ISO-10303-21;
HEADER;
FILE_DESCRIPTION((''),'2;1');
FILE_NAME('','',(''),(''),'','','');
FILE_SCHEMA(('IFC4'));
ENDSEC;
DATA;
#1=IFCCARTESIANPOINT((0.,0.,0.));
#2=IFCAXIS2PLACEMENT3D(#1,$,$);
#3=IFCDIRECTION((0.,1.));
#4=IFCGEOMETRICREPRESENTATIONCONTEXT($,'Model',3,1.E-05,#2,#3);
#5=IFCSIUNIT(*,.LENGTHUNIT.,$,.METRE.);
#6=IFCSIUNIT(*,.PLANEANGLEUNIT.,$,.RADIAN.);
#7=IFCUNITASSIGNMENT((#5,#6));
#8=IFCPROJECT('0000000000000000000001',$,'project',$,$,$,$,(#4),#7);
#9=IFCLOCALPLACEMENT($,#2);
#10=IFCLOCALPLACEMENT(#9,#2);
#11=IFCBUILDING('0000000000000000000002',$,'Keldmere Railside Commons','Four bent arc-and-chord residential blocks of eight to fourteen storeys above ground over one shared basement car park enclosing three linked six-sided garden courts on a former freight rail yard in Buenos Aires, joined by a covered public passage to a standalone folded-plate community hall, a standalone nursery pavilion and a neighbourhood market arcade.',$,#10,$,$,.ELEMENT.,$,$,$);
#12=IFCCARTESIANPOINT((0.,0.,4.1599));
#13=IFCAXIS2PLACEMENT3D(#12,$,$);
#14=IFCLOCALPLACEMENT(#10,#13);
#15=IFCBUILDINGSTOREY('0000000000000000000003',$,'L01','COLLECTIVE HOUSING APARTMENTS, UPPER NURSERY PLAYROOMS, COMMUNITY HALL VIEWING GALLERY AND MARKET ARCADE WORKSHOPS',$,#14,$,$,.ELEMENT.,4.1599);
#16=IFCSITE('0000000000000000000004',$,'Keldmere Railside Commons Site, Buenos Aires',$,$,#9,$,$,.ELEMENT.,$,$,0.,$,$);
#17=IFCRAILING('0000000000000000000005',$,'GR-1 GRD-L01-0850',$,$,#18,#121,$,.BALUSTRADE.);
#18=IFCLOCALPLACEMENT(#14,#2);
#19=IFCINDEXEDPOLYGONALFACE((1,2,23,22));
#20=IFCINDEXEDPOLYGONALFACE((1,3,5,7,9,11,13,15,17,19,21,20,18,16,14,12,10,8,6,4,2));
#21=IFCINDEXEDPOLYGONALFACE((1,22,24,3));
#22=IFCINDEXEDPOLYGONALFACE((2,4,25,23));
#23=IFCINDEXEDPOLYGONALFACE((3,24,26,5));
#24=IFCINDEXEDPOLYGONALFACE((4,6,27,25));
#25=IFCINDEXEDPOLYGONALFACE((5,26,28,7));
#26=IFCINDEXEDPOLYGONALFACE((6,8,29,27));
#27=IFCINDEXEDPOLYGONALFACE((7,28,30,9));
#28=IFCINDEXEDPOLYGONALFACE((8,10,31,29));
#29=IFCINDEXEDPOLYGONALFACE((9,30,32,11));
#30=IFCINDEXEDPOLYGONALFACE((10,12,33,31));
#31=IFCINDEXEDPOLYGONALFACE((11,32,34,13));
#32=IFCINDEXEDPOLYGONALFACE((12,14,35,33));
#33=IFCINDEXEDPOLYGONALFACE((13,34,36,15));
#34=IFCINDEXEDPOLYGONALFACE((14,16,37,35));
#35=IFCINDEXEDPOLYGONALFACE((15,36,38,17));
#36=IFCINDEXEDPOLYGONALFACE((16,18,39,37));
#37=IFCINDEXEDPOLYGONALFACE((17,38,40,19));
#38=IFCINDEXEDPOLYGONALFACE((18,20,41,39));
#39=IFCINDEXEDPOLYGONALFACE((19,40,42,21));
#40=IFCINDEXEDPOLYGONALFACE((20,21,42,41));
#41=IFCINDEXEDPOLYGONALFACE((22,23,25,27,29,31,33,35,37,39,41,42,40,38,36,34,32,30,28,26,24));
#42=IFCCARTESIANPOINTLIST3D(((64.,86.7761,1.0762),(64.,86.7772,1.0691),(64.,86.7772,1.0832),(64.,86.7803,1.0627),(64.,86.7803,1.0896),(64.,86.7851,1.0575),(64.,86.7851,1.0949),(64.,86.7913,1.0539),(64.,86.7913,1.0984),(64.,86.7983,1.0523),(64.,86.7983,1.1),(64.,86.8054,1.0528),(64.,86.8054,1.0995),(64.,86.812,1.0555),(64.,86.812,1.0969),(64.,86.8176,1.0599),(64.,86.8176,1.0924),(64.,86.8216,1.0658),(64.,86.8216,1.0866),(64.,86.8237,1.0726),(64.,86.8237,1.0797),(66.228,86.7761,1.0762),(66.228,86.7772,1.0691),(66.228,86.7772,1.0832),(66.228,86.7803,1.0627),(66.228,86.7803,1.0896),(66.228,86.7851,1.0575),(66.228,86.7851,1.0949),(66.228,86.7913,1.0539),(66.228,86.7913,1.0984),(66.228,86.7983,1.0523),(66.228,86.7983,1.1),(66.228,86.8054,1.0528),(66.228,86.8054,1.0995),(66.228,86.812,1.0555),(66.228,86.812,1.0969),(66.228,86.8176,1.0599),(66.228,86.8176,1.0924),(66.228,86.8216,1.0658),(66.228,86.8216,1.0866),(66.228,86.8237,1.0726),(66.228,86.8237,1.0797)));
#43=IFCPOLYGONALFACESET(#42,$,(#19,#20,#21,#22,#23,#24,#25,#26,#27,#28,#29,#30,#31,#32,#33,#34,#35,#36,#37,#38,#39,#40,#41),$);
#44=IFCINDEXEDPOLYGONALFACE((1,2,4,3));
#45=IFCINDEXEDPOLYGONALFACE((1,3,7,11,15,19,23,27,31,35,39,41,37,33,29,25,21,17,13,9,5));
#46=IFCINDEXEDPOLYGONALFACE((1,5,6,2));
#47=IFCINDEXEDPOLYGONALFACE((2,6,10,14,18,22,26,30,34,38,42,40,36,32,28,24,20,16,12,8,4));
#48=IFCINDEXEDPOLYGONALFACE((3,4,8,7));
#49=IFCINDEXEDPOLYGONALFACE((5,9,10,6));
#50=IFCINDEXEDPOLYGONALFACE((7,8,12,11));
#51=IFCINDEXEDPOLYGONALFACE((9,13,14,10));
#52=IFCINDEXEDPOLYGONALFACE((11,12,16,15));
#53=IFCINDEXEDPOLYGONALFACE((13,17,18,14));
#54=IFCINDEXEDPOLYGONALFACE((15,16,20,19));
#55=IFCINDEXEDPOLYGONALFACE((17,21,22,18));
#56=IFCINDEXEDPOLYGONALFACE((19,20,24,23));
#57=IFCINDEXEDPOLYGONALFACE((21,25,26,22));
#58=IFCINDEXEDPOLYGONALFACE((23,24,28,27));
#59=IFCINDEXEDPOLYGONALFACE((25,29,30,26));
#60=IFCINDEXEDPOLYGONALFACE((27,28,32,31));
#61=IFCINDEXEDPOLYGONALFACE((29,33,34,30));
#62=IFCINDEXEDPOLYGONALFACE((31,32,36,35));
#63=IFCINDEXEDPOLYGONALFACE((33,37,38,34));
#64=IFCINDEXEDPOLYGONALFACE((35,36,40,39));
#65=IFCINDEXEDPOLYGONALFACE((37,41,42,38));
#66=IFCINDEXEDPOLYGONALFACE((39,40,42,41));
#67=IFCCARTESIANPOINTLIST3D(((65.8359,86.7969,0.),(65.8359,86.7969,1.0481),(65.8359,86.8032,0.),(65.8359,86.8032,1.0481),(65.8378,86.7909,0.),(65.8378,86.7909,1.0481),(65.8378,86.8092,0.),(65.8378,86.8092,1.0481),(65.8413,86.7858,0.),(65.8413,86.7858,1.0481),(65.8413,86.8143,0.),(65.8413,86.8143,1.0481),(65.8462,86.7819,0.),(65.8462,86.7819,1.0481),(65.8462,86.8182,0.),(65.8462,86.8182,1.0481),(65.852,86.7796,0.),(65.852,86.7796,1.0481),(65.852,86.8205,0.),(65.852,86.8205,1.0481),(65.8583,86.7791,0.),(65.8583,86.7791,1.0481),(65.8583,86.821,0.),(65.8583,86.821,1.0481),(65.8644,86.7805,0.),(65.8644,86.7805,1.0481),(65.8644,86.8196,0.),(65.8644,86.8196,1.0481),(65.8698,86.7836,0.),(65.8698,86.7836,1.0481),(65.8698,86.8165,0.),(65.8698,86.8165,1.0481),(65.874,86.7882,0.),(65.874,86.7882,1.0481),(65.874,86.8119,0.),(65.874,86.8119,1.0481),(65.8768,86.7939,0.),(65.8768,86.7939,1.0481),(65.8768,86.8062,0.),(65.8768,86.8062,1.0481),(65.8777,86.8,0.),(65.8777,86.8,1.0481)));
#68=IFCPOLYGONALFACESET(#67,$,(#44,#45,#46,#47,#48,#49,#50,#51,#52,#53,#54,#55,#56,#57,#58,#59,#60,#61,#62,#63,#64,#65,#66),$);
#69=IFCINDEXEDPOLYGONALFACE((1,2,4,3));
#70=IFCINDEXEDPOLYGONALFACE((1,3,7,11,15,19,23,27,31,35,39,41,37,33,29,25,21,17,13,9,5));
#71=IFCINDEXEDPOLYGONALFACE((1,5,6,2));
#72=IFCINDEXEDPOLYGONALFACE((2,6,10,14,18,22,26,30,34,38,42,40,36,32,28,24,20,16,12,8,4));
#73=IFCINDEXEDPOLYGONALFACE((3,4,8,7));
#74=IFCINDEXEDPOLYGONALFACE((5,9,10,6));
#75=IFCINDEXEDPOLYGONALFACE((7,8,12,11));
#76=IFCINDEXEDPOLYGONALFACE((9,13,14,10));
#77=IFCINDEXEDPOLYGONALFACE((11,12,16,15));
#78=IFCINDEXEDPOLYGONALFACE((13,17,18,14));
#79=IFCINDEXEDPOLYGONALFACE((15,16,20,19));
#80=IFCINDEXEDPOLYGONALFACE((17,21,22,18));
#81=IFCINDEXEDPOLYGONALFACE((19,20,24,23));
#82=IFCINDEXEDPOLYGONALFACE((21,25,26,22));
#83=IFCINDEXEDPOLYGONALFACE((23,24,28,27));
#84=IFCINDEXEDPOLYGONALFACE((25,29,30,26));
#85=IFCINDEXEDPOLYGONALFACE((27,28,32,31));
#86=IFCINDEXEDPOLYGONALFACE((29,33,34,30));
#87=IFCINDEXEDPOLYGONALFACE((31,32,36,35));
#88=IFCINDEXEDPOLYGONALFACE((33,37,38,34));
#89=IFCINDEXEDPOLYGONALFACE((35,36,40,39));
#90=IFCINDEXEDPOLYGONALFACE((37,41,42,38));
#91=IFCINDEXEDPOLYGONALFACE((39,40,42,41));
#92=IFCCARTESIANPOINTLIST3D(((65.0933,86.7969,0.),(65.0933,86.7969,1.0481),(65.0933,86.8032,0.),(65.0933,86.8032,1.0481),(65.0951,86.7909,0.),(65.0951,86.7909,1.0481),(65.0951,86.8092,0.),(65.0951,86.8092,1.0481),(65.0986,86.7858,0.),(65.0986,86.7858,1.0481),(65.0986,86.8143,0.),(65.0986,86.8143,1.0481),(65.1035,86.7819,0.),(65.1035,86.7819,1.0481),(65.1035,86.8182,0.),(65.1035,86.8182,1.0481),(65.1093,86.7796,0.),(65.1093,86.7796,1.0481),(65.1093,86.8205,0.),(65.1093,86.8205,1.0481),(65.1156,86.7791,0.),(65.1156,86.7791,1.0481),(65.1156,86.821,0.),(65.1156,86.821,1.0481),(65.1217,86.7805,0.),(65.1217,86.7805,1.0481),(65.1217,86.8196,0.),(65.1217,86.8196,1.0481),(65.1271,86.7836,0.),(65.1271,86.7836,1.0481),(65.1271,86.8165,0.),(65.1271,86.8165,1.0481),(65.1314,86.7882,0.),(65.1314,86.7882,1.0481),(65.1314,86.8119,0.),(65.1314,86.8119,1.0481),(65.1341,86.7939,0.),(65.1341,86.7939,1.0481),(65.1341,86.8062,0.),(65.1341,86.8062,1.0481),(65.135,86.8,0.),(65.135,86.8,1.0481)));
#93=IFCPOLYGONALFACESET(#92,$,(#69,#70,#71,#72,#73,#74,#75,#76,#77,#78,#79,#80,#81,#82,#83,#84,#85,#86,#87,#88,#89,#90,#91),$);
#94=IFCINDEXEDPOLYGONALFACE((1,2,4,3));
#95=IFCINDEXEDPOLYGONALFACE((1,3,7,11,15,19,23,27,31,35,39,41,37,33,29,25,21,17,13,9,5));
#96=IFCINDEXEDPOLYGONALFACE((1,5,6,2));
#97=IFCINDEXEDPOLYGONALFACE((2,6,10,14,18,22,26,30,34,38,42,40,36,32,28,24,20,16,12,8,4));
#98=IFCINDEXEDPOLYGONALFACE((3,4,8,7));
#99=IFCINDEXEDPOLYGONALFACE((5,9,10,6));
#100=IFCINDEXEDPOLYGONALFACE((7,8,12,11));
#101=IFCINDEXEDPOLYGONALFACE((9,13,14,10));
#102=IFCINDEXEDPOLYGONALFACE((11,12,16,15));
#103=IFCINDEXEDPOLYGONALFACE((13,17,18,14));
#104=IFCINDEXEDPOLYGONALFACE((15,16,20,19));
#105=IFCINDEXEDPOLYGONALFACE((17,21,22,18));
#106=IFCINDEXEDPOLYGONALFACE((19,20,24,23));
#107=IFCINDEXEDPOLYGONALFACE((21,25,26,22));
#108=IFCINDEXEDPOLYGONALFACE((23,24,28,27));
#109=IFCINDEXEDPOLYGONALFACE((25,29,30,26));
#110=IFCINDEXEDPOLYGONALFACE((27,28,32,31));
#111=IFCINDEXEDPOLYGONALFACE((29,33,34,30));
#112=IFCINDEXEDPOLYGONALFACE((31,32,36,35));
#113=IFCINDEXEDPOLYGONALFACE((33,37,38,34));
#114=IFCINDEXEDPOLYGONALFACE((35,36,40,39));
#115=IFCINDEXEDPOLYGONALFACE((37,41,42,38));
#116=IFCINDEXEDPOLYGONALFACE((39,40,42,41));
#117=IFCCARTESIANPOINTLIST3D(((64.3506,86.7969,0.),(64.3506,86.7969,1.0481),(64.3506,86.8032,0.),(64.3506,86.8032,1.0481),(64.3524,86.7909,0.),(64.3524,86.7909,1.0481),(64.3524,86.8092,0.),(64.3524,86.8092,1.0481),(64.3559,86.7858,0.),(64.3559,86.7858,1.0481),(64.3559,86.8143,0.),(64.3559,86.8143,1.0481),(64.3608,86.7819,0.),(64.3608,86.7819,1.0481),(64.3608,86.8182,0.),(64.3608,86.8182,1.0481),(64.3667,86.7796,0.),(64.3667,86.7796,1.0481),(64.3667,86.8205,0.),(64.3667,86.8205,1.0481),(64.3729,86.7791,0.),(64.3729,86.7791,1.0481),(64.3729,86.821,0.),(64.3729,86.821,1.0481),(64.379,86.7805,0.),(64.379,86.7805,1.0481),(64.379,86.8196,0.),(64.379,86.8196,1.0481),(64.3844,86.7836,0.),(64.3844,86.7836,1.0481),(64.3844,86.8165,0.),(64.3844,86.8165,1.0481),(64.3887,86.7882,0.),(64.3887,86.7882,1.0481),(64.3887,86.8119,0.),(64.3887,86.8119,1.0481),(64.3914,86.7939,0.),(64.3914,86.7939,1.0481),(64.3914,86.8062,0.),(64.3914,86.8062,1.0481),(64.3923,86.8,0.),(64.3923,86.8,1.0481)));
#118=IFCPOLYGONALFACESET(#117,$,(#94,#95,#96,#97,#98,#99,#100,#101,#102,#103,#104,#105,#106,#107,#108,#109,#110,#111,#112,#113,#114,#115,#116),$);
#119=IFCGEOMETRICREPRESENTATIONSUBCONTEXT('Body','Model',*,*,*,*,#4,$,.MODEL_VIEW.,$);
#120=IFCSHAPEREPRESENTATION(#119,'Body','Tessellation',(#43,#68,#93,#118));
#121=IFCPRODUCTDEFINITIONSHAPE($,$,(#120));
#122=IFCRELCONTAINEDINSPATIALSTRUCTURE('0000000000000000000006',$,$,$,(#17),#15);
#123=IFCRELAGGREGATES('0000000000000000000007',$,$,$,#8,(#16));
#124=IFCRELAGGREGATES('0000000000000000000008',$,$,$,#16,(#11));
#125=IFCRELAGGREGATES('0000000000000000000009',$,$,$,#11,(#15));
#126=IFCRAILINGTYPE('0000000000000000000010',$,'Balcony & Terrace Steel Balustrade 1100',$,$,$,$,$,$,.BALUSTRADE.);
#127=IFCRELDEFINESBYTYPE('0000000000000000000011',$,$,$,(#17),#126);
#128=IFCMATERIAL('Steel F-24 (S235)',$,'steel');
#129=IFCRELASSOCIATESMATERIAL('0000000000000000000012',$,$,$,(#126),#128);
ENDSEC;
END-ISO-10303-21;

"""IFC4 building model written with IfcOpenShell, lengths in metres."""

from ifc_helpers import new_model, si_unit, direction, frame, origin, origin_2d, place, context, subcontext, project, spatial, circle, extrude, material, type_object, element, save


model = new_model("IFC4")

# Units and contexts
model_context = context("Model", 3, precision=1e-05, world=origin(), true_north=direction((0.0, 1.0)))
body_context = subcontext(model_context, "Body", "Model", "MODEL_VIEW")
ifc_project = project(units=[si_unit("LENGTHUNIT", "METRE"), si_unit("PLANEANGLEUNIT", "RADIAN")], contexts=[model_context])

# Site, building, storey
site_placement = place(None, origin())
site = spatial("IfcSite", under=ifc_project, at=site_placement, Name="Keldmere Railside Commons Site, Buenos Aires", CompositionType="ELEMENT", RefElevation=0.0)
building_placement = place(site_placement, origin())
building = spatial("IfcBuilding", under=site, at=building_placement, Name="Keldmere Railside Commons", Description="Four bent arc-and-chord residential blocks of eight to fourteen storeys above ground over one shared basement car park enclosing three linked six-sided garden courts on a former freight rail yard in Buenos Aires, joined by a covered public passage to a standalone folded-plate community hall, a standalone nursery pavilion and a neighbourhood market arcade.", CompositionType="ELEMENT")
storey_placement = place(building_placement, frame((0.0, 0.0, 4.1599)))
storey = spatial("IfcBuildingStorey", under=building, at=storey_placement, Name="L01", Description="COLLECTIVE HOUSING APARTMENTS, UPPER NURSERY PLAYROOMS, COMMUNITY HALL VIEWING GALLERY AND MARKET ARCADE WORKSHOPS", CompositionType="ELEMENT", Elevation=4.1599)

# Railing
ifc_material_1 = material(Name="Steel F-24 (S235)", Category="steel")
railing_type = type_object("IfcRailingType", Name="Balcony & Terrace Steel Balustrade 1100", PredefinedType="BALUSTRADE", material=ifc_material_1)
railing_1_placement = place(storey_placement, frame((66.228, 86.8, 0.0)))
element("IfcRailing", 1, at=railing_1_placement, inside=storey, type_object=railing_type, Name="GR-1 GRD-L01-0850", PredefinedType="BALUSTRADE", context=body_context, shape_type="SweptSolid", body=[
    extrude(circle(Radius=0.0239, at=origin_2d()), frame((0.0, 0.0, 1.0762), z_axis=(-1.0, 0.0, 0.0), x_axis=(0.0, -1.0, 0.0)), (0.0, 0.0, 1.0), 2.228),
    extrude(circle(Radius=0.021, at=origin_2d()), frame((-0.3713, 0.0, 0.0)), (0.0, 0.0, 1.0), 1.0481),
    extrude(circle(Radius=0.021, at=origin_2d()), frame((-1.114, 0.0, 0.0)), (0.0, 0.0, 1.0), 1.0481),
    extrude(circle(Radius=0.021, at=origin_2d()), frame((-1.8567, 0.0, 0.0)), (0.0, 0.0, 1.0), 1.0481),
])

save(model, "model.ifc")
